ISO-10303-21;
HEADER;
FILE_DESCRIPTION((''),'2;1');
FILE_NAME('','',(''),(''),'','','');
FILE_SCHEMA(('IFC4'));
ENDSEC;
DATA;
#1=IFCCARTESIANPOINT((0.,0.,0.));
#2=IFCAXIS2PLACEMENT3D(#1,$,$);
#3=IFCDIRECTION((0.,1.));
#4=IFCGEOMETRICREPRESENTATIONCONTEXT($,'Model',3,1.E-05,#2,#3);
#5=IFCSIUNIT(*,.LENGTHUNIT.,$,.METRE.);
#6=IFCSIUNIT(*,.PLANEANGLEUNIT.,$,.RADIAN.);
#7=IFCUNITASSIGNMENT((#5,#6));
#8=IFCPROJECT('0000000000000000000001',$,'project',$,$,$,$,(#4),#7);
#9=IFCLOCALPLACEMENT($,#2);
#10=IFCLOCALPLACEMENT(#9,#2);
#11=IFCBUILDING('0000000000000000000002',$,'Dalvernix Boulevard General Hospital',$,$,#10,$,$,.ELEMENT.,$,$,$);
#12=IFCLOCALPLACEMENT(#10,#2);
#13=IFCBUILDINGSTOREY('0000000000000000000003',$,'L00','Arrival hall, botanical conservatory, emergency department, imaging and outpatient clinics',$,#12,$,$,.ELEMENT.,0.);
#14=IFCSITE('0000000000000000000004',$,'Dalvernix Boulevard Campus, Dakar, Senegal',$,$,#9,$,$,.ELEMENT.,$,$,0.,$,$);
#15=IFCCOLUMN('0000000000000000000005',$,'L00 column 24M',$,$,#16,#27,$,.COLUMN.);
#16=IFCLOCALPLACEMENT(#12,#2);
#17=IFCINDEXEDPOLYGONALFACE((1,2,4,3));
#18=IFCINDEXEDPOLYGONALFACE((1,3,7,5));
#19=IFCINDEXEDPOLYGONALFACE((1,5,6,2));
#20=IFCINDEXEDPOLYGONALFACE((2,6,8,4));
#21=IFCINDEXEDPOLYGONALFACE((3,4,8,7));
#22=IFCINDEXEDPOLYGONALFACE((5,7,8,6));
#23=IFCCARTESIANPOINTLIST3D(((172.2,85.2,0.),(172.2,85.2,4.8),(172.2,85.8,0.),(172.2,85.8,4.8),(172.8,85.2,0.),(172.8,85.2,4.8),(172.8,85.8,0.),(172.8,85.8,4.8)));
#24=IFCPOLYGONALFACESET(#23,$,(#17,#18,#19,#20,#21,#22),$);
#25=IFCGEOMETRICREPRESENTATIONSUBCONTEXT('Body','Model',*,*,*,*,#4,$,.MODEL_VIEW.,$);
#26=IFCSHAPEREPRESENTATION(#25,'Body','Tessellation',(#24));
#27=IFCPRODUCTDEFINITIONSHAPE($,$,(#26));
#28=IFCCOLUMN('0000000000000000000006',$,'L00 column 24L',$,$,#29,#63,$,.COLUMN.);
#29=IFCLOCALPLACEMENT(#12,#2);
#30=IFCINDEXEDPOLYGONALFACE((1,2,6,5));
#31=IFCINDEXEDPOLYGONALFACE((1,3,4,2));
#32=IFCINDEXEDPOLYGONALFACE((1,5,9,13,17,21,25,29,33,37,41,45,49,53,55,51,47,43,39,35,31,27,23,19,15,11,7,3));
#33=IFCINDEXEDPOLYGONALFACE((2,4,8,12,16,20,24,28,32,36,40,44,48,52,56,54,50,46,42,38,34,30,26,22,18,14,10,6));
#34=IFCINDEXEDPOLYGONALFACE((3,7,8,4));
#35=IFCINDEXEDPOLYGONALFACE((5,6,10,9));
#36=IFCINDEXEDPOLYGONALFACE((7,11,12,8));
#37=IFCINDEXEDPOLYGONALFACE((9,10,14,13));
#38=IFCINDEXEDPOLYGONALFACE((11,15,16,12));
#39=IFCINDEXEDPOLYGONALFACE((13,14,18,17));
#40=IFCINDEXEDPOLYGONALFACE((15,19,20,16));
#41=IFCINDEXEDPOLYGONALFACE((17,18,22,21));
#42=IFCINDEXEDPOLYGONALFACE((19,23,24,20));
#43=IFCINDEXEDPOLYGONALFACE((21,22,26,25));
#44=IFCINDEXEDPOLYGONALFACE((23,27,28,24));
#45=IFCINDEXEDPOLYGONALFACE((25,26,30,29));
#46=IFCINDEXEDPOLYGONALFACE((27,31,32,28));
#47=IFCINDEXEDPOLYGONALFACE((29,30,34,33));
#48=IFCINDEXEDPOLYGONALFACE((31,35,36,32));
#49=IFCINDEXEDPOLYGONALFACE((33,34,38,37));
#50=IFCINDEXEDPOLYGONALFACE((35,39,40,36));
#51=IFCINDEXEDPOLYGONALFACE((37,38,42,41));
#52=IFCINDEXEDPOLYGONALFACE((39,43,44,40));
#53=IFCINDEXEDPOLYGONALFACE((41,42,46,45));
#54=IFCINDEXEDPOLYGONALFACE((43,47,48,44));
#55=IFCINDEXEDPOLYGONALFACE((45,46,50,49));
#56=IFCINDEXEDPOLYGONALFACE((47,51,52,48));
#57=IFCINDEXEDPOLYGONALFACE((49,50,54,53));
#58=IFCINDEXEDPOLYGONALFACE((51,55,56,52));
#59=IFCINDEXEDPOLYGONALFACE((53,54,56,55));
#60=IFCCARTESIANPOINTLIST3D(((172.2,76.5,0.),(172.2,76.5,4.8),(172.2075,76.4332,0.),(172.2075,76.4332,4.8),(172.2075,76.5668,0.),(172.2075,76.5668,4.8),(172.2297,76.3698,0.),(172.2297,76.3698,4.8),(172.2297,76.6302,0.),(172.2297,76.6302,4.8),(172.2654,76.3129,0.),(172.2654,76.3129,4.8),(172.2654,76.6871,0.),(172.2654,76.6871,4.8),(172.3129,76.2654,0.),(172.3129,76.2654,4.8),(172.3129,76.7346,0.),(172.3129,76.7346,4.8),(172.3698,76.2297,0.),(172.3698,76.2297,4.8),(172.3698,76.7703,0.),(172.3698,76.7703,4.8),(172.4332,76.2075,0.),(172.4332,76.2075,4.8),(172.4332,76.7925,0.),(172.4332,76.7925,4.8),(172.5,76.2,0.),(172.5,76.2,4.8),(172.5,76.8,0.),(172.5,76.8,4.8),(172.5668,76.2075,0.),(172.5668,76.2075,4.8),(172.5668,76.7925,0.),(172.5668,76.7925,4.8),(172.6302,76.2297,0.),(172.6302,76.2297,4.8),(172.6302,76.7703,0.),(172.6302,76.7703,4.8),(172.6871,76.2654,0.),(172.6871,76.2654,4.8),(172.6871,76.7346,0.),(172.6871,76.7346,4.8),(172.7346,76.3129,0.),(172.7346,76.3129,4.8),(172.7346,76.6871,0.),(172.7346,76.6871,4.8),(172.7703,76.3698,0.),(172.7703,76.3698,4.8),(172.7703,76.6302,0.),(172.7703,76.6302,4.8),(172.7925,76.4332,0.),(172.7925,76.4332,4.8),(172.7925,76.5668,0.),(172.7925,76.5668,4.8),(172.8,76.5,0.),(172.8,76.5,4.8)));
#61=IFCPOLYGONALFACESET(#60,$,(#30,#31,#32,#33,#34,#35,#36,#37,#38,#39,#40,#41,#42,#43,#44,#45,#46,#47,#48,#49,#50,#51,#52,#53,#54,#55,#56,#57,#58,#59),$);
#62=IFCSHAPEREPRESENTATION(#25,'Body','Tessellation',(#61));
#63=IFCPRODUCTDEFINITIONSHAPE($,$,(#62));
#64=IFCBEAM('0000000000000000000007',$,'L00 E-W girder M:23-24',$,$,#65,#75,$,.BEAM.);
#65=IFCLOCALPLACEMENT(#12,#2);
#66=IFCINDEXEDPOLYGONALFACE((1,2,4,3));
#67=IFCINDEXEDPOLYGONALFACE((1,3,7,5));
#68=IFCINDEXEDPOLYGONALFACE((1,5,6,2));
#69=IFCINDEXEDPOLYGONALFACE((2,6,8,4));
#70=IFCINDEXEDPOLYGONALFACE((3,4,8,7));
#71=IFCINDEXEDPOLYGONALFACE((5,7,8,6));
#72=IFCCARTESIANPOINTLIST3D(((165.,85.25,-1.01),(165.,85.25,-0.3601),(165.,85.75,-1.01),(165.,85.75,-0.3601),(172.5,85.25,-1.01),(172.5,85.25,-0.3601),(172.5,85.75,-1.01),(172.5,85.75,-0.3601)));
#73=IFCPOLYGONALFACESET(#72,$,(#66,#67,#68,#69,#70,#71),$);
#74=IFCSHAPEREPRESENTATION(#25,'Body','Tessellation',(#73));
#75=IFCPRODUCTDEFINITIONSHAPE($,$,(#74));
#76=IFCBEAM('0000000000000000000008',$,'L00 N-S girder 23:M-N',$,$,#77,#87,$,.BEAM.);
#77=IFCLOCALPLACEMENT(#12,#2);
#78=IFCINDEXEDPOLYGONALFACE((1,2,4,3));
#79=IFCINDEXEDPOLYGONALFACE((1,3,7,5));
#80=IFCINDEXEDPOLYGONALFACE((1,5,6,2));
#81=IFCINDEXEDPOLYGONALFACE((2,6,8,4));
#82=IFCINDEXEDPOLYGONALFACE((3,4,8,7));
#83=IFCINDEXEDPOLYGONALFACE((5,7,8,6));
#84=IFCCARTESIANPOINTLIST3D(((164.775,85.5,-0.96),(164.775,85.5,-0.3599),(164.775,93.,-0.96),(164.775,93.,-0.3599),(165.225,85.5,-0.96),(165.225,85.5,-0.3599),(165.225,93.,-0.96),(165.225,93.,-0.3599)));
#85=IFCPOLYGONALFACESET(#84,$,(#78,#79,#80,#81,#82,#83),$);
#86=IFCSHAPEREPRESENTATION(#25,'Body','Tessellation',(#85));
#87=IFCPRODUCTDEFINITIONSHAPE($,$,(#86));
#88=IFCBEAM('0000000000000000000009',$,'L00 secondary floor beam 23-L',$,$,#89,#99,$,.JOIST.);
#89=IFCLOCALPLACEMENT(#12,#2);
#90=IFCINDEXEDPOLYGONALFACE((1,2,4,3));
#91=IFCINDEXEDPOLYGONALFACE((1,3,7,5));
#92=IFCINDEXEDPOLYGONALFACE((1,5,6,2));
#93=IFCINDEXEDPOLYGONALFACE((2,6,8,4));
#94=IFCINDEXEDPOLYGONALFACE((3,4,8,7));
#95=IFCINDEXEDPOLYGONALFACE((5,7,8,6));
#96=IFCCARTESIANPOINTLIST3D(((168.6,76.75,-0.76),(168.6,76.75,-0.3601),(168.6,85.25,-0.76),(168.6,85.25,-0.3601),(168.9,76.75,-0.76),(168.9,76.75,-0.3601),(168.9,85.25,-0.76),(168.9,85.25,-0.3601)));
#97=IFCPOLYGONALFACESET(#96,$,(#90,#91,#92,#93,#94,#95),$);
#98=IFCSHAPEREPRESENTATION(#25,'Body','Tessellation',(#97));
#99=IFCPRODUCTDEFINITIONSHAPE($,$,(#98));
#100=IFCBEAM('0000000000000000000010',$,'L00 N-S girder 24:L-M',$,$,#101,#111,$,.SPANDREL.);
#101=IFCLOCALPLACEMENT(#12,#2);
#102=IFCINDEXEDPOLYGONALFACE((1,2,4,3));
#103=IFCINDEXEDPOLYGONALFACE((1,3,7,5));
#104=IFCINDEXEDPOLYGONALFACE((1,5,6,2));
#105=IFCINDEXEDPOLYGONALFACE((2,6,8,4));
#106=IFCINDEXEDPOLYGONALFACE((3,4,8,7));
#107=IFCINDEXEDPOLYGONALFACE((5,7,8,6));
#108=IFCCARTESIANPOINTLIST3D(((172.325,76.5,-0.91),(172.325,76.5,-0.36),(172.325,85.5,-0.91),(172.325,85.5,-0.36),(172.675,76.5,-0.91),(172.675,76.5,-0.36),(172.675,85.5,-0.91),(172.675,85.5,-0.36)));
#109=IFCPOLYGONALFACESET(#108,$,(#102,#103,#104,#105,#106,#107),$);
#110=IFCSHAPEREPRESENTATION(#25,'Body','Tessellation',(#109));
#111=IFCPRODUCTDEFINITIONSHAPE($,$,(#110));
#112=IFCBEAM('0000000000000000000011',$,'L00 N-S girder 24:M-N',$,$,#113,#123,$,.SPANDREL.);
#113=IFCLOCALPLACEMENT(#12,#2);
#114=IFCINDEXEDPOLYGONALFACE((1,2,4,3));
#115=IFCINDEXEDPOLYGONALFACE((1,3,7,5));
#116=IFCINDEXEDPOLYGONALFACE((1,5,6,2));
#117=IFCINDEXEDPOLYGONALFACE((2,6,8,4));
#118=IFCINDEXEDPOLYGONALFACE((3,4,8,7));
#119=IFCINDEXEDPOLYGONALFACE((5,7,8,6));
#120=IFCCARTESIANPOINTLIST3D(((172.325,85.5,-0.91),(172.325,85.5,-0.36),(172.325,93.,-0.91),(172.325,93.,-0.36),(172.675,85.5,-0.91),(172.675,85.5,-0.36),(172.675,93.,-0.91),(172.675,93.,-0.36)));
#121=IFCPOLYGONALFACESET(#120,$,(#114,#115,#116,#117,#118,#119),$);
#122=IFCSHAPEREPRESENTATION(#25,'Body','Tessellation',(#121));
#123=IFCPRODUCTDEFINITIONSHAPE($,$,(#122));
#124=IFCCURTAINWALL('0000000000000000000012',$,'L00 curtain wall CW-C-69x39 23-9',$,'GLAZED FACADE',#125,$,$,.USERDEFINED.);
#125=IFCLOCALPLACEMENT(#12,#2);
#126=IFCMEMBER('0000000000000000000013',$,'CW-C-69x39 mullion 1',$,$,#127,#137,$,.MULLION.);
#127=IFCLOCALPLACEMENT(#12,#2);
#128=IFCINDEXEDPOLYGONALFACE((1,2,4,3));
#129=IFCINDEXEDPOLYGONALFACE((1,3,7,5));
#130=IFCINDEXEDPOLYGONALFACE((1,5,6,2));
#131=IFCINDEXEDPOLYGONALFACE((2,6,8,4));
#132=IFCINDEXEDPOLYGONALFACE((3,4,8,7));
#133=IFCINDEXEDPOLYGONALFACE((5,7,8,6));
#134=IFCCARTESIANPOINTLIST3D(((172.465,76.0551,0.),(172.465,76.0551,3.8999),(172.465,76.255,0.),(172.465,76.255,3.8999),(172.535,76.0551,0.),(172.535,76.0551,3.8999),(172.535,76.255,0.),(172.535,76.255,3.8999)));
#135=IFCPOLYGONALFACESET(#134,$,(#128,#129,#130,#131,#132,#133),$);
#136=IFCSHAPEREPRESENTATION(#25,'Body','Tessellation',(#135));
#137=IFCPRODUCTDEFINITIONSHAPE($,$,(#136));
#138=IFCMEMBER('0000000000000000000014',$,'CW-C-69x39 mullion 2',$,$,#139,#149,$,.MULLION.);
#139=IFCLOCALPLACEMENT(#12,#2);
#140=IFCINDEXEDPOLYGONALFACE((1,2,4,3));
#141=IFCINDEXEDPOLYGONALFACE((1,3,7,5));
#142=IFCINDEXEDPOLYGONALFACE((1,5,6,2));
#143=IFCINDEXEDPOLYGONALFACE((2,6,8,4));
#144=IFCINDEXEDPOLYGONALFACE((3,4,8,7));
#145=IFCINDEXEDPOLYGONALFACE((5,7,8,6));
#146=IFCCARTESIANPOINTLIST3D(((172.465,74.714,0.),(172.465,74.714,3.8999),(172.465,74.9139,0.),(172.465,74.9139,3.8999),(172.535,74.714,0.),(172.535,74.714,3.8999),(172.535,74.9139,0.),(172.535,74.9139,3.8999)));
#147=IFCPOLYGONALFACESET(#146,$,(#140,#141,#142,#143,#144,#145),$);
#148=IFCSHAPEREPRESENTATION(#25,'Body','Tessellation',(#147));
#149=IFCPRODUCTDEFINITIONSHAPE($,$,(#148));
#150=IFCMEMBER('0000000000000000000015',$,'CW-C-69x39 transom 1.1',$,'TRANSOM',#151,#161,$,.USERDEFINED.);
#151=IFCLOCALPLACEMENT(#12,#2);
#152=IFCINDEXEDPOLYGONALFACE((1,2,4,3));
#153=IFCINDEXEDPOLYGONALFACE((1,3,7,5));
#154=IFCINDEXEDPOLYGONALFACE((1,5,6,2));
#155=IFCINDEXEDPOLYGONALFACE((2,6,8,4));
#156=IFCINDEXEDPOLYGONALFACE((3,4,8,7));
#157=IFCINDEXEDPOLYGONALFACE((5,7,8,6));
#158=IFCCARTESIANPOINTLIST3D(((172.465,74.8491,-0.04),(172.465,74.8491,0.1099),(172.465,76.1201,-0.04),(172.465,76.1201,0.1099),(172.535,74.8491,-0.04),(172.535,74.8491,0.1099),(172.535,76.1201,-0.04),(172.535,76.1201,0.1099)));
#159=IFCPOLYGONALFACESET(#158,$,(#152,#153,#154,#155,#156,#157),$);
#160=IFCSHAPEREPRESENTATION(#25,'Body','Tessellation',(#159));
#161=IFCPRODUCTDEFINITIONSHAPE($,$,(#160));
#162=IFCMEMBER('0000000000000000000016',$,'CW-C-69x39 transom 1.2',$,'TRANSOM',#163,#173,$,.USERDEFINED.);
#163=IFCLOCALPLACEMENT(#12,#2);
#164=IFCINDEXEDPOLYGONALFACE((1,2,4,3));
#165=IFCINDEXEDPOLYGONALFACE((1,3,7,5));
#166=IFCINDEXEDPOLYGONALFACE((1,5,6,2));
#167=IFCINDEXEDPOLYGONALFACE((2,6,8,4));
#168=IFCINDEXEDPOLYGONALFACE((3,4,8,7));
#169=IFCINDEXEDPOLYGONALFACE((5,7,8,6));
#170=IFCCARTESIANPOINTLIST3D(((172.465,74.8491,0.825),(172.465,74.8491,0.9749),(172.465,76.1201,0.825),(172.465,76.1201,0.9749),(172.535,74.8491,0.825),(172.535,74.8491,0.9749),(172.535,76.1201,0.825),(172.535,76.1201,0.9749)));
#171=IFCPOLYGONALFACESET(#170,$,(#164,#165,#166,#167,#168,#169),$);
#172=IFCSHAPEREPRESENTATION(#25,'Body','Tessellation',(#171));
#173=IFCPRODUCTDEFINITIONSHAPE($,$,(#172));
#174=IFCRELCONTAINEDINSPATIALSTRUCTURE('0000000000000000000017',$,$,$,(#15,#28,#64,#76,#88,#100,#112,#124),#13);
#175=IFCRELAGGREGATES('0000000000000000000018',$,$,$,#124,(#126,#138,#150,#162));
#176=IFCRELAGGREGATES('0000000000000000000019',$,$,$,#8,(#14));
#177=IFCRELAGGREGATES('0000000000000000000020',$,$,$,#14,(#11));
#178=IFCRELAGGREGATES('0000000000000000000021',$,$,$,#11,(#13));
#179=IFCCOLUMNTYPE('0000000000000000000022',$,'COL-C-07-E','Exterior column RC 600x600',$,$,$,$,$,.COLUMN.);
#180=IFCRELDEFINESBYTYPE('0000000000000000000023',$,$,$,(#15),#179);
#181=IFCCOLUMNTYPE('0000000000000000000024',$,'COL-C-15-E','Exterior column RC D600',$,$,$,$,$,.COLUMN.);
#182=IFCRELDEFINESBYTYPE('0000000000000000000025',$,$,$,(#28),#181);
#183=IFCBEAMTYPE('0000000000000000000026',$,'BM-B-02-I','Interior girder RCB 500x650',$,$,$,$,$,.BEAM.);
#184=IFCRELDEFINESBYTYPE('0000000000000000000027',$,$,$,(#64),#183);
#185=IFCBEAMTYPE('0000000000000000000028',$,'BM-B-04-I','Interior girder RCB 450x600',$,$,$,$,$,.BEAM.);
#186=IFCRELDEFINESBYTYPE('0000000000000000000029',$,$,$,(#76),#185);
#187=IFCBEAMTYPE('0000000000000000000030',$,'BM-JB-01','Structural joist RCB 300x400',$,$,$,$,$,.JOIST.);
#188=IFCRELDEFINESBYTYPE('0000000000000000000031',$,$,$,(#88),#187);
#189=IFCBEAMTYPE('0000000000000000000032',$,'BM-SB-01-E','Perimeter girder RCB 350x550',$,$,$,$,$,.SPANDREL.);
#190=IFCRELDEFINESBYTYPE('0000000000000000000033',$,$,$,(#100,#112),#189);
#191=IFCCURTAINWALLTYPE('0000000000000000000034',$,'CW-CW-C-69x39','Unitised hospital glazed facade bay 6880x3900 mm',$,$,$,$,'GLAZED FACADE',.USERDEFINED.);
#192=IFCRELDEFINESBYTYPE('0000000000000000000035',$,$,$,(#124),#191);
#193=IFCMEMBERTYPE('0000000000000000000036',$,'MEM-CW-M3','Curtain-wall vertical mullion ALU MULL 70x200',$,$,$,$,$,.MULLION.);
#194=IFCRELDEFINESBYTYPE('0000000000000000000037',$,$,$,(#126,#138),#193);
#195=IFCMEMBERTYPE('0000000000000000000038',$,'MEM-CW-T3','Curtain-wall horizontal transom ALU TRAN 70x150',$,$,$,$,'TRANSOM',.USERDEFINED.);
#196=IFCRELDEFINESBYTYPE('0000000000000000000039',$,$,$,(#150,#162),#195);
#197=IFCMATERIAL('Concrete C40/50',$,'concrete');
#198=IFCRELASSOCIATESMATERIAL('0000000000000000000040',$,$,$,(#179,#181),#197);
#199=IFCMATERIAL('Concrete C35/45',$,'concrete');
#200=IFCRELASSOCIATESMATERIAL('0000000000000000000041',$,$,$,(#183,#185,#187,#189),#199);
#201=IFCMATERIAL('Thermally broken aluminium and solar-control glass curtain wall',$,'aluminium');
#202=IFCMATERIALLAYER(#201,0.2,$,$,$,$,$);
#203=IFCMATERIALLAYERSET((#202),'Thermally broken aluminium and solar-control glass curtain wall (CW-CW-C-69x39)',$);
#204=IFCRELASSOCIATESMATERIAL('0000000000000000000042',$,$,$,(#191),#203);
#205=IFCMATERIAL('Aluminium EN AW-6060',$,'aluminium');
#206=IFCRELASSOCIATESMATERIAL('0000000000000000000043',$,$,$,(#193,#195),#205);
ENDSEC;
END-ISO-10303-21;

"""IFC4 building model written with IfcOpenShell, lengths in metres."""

from ifc_helpers import new_model, si_unit, direction, frame, origin, origin_2d, place, context, subcontext, project, spatial, rectangle, circle, extrude, material, layer, layer_set, material_profile, profile_set, type_object, element, aggregate, save


model = new_model("IFC4")

# Units and contexts
model_context = context("Model", 3, precision=1e-05, world=origin(), true_north=direction((0.0, 1.0)))
body_context = subcontext(model_context, "Body", "Model", "MODEL_VIEW")
ifc_project = project(units=[si_unit("LENGTHUNIT", "METRE"), si_unit("PLANEANGLEUNIT", "RADIAN")], contexts=[model_context])

# Site, building, storey
site_placement = place(None, origin())
site = spatial("IfcSite", under=ifc_project, at=site_placement, Name="Dalvernix Boulevard Campus, Dakar, Senegal", CompositionType="ELEMENT", RefElevation=0.0)
building_placement = place(site_placement, origin())
building = spatial("IfcBuilding", under=site, at=building_placement, Name="Dalvernix Boulevard General Hospital", CompositionType="ELEMENT")
storey_placement = place(building_placement, origin())
storey = spatial("IfcBuildingStorey", under=building, at=storey_placement, Name="L00", Description="Arrival hall, botanical conservatory, emergency department, imaging and outpatient clinics", CompositionType="ELEMENT", Elevation=0.0)

# Columns
ifc_material_1 = material(Name="Concrete C40/50", Category="concrete")
ifc_material_profile_1 = material_profile(ifc_material_1, rectangle(XDim=0.6001, YDim=0.6001, at=origin_2d()), Name="RC 600x600")
ifc_profile_set_1 = profile_set([ifc_material_profile_1], Name="Concrete C40/50")
column_type_1 = type_object("IfcColumnType", Name="COL-C-07-E", Description="Exterior column RC 600x600", PredefinedType="COLUMN", material=ifc_profile_set_1)
column_1_placement = place(storey_placement, frame((172.5, 85.5, 0.0), z_axis=(0.0, 0.0, 1.0), x_axis=(1.0, 0.0, 0.0)))
element("IfcColumn", 1, at=column_1_placement, inside=storey, type_object=column_type_1, Name="L00 column 24M", PredefinedType="COLUMN", context=body_context, shape_type="SweptSolid", body=[
    extrude(rectangle(XDim=0.6001, YDim=0.6001, at=origin_2d()), origin(), (0.0, 0.0, 1.0), 4.8),
])
ifc_material_profile_2 = material_profile(ifc_material_1, circle(Radius=0.3, at=origin_2d()), Name="RC D600")
ifc_profile_set_2 = profile_set([ifc_material_profile_2], Name="Concrete C40/50")
column_type_2 = type_object("IfcColumnType", Name="COL-C-15-E", Description="Exterior column RC D600", PredefinedType="COLUMN", material=ifc_profile_set_2)
column_2_placement = place(storey_placement, frame((172.5, 76.5, 0.0), z_axis=(0.0, 0.0, 1.0), x_axis=(1.0, 0.0, 0.0)))
element("IfcColumn", 2, at=column_2_placement, inside=storey, type_object=column_type_2, Name="L00 column 24L", PredefinedType="COLUMN", context=body_context, shape_type="SweptSolid", body=[
    extrude(circle(Radius=0.3, at=origin_2d()), origin(), (0.0, 0.0, 1.0), 4.8),
])

# Beams
ifc_material_2 = material(Name="Concrete C35/45", Category="concrete")
ifc_material_profile_3 = material_profile(ifc_material_2, rectangle(XDim=0.5, YDim=0.6499, at=origin_2d()), Name="RCB 500x650")
ifc_profile_set_3 = profile_set([ifc_material_profile_3], Name="Concrete C35/45")
beam_type_1 = type_object("IfcBeamType", Name="BM-B-02-I", Description="Interior girder RCB 500x650", PredefinedType="BEAM", material=ifc_profile_set_3)
beam_1_placement = place(storey_placement, frame((165.0, 85.5, -0.6851), z_axis=(1.0, 0.0, 0.0), x_axis=(0.0, 1.0, 0.0)))
element("IfcBeam", 3, at=beam_1_placement, inside=storey, type_object=beam_type_1, Name="L00 E-W girder M:23-24", PredefinedType="BEAM", context=body_context, shape_type="SweptSolid", body=[
    extrude(rectangle(XDim=0.5, YDim=0.6499, at=origin_2d()), origin(), (0.0, 0.0, 1.0), 7.5),
])
ifc_material_profile_4 = material_profile(ifc_material_2, rectangle(XDim=0.45, YDim=0.6001, at=origin_2d()), Name="RCB 450x600")
ifc_profile_set_4 = profile_set([ifc_material_profile_4], Name="Concrete C35/45")
beam_type_2 = type_object("IfcBeamType", Name="BM-B-04-I", Description="Interior girder RCB 450x600", PredefinedType="BEAM", material=ifc_profile_set_4)
beam_2_placement = place(storey_placement, frame((165.0, 85.5, -0.6599), z_axis=(0.0, 1.0, 0.0), x_axis=(-1.0, 0.0, 0.0)))
element("IfcBeam", 4, at=beam_2_placement, inside=storey, type_object=beam_type_2, Name="L00 N-S girder 23:M-N", PredefinedType="BEAM", context=body_context, shape_type="SweptSolid", body=[
    extrude(rectangle(XDim=0.45, YDim=0.6001, at=origin_2d()), origin(), (0.0, 0.0, 1.0), 7.5),
])
ifc_material_profile_5 = material_profile(ifc_material_2, rectangle(XDim=0.3, YDim=0.3999, at=origin_2d()), Name="RCB 300x400")
ifc_profile_set_5 = profile_set([ifc_material_profile_5], Name="Concrete C35/45")
beam_type_3 = type_object("IfcBeamType", Name="BM-JB-01", Description="Structural joist RCB 300x400", PredefinedType="JOIST", material=ifc_profile_set_5)
beam_3_placement = place(storey_placement, frame((168.75, 76.75, -0.5601), z_axis=(0.0, 1.0, 0.0), x_axis=(-1.0, 0.0, 0.0)))
element("IfcBeam", 5, at=beam_3_placement, inside=storey, type_object=beam_type_3, Name="L00 secondary floor beam 23-L", PredefinedType="JOIST", context=body_context, shape_type="SweptSolid", body=[
    extrude(rectangle(XDim=0.3, YDim=0.3999, at=origin_2d()), origin(), (0.0, 0.0, 1.0), 8.5),
])
ifc_material_profile_6 = material_profile(ifc_material_2, rectangle(XDim=0.3501, YDim=0.55, at=origin_2d()), Name="RCB 350x550")
ifc_profile_set_6 = profile_set([ifc_material_profile_6], Name="Concrete C35/45")
beam_type_4 = type_object("IfcBeamType", Name="BM-SB-01-E", Description="Perimeter girder RCB 350x550", PredefinedType="SPANDREL", material=ifc_profile_set_6)
beam_4_placement = place(storey_placement, frame((172.5, 76.5, -0.635), z_axis=(0.0, 1.0, 0.0), x_axis=(-1.0, 0.0, 0.0)))
element("IfcBeam", 6, at=beam_4_placement, inside=storey, type_object=beam_type_4, Name="L00 N-S girder 24:L-M", PredefinedType="SPANDREL", context=body_context, shape_type="SweptSolid", body=[
    extrude(rectangle(XDim=0.3501, YDim=0.55, at=origin_2d()), origin(), (0.0, 0.0, 1.0), 9.0),
])
beam_5_placement = place(storey_placement, frame((172.5, 85.5, -0.635), z_axis=(0.0, 1.0, 0.0), x_axis=(-1.0, 0.0, 0.0)))
element("IfcBeam", 7, at=beam_5_placement, inside=storey, type_object=beam_type_4, Name="L00 N-S girder 24:M-N", PredefinedType="SPANDREL", context=body_context, shape_type="SweptSolid", body=[
    extrude(rectangle(XDim=0.3501, YDim=0.55, at=origin_2d()), origin(), (0.0, 0.0, 1.0), 7.5),
])

# Curtain wall, members
ifc_material_3 = material(Name="Thermally broken aluminium and solar-control glass curtain wall", Category="aluminium")
ifc_layer_1 = layer(ifc_material_3, 0.2)
ifc_layer_set_1 = layer_set([ifc_layer_1], Name="Thermally broken aluminium and solar-control glass curtain wall (CW-CW-C-69x39)")
curtain_wall_type = type_object("IfcCurtainWallType", Name="CW-CW-C-69x39", Description="Unitised hospital glazed facade bay 6880x3900 mm", ElementType="GLAZED FACADE", PredefinedType="USERDEFINED", material=ifc_layer_set_1)
curtain_wall_placement = place(storey_placement, origin())
curtain_wall = element("IfcCurtainWall", 8, at=curtain_wall_placement, inside=storey, type_object=curtain_wall_type, Name="L00 curtain wall CW-C-69x39 23-9", ObjectType="GLAZED FACADE", PredefinedType="USERDEFINED")
ifc_material_4 = material(Name="Aluminium EN AW-6060", Category="aluminium")
ifc_material_profile_7 = material_profile(ifc_material_4, rectangle(XDim=0.0701, YDim=0.2, at=origin_2d()), Name="ALU MULL 70x200")
ifc_profile_set_7 = profile_set([ifc_material_profile_7], Name="Aluminium EN AW-6060")
member_type_1 = type_object("IfcMemberType", Name="MEM-CW-M3", Description="Curtain-wall vertical mullion ALU MULL 70x200", PredefinedType="MULLION", material=ifc_profile_set_7)
member_1_placement = place(storey_placement, frame((172.5, 76.155, 0.0), z_axis=(0.0, 0.0, 1.0), x_axis=(1.0, 0.0, 0.0)))
member_1 = element("IfcMember", 9, at=member_1_placement, type_object=member_type_1, Name="CW-C-69x39 mullion 1", PredefinedType="MULLION", context=body_context, shape_type="SweptSolid", body=[
    extrude(rectangle(XDim=0.0701, YDim=0.2, at=origin_2d()), origin(), (0.0, 0.0, 1.0), 3.8999),
])
member_2_placement = place(storey_placement, frame((172.5, 74.814, 0.0), z_axis=(0.0, 0.0, 1.0), x_axis=(1.0, 0.0, 0.0)))
member_2 = element("IfcMember", 10, at=member_2_placement, type_object=member_type_1, Name="CW-C-69x39 mullion 2", PredefinedType="MULLION", context=body_context, shape_type="SweptSolid", body=[
    extrude(rectangle(XDim=0.0701, YDim=0.2, at=origin_2d()), origin(), (0.0, 0.0, 1.0), 3.8999),
])
ifc_material_profile_8 = material_profile(ifc_material_4, rectangle(XDim=0.0701, YDim=0.1499, at=origin_2d()), Name="ALU TRAN 70x150")
ifc_profile_set_8 = profile_set([ifc_material_profile_8], Name="Aluminium EN AW-6060")
member_type_2 = type_object("IfcMemberType", Name="MEM-CW-T3", Description="Curtain-wall horizontal transom ALU TRAN 70x150", ElementType="TRANSOM", PredefinedType="USERDEFINED", material=ifc_profile_set_8)
member_3_placement = place(storey_placement, frame((172.5, 76.1201, 0.0349), z_axis=(0.0, -1.0, 0.0), x_axis=(1.0, 0.0, 0.0)))
member_3 = element("IfcMember", 11, at=member_3_placement, type_object=member_type_2, Name="CW-C-69x39 transom 1.1", ObjectType="TRANSOM", PredefinedType="USERDEFINED", context=body_context, shape_type="SweptSolid", body=[
    extrude(rectangle(XDim=0.0701, YDim=0.1499, at=origin_2d()), origin(), (0.0, 0.0, 1.0), 1.271),
])
member_4_placement = place(storey_placement, frame((172.5, 76.1201, 0.8999), z_axis=(0.0, -1.0, 0.0), x_axis=(1.0, 0.0, 0.0)))
member_4 = element("IfcMember", 12, at=member_4_placement, type_object=member_type_2, Name="CW-C-69x39 transom 1.2", ObjectType="TRANSOM", PredefinedType="USERDEFINED", context=body_context, shape_type="SweptSolid", body=[
    extrude(rectangle(XDim=0.0701, YDim=0.1499, at=origin_2d()), origin(), (0.0, 0.0, 1.0), 1.271),
])
aggregate(curtain_wall, [member_1, member_2, member_3, member_4])

save(model, "model.ifc")
